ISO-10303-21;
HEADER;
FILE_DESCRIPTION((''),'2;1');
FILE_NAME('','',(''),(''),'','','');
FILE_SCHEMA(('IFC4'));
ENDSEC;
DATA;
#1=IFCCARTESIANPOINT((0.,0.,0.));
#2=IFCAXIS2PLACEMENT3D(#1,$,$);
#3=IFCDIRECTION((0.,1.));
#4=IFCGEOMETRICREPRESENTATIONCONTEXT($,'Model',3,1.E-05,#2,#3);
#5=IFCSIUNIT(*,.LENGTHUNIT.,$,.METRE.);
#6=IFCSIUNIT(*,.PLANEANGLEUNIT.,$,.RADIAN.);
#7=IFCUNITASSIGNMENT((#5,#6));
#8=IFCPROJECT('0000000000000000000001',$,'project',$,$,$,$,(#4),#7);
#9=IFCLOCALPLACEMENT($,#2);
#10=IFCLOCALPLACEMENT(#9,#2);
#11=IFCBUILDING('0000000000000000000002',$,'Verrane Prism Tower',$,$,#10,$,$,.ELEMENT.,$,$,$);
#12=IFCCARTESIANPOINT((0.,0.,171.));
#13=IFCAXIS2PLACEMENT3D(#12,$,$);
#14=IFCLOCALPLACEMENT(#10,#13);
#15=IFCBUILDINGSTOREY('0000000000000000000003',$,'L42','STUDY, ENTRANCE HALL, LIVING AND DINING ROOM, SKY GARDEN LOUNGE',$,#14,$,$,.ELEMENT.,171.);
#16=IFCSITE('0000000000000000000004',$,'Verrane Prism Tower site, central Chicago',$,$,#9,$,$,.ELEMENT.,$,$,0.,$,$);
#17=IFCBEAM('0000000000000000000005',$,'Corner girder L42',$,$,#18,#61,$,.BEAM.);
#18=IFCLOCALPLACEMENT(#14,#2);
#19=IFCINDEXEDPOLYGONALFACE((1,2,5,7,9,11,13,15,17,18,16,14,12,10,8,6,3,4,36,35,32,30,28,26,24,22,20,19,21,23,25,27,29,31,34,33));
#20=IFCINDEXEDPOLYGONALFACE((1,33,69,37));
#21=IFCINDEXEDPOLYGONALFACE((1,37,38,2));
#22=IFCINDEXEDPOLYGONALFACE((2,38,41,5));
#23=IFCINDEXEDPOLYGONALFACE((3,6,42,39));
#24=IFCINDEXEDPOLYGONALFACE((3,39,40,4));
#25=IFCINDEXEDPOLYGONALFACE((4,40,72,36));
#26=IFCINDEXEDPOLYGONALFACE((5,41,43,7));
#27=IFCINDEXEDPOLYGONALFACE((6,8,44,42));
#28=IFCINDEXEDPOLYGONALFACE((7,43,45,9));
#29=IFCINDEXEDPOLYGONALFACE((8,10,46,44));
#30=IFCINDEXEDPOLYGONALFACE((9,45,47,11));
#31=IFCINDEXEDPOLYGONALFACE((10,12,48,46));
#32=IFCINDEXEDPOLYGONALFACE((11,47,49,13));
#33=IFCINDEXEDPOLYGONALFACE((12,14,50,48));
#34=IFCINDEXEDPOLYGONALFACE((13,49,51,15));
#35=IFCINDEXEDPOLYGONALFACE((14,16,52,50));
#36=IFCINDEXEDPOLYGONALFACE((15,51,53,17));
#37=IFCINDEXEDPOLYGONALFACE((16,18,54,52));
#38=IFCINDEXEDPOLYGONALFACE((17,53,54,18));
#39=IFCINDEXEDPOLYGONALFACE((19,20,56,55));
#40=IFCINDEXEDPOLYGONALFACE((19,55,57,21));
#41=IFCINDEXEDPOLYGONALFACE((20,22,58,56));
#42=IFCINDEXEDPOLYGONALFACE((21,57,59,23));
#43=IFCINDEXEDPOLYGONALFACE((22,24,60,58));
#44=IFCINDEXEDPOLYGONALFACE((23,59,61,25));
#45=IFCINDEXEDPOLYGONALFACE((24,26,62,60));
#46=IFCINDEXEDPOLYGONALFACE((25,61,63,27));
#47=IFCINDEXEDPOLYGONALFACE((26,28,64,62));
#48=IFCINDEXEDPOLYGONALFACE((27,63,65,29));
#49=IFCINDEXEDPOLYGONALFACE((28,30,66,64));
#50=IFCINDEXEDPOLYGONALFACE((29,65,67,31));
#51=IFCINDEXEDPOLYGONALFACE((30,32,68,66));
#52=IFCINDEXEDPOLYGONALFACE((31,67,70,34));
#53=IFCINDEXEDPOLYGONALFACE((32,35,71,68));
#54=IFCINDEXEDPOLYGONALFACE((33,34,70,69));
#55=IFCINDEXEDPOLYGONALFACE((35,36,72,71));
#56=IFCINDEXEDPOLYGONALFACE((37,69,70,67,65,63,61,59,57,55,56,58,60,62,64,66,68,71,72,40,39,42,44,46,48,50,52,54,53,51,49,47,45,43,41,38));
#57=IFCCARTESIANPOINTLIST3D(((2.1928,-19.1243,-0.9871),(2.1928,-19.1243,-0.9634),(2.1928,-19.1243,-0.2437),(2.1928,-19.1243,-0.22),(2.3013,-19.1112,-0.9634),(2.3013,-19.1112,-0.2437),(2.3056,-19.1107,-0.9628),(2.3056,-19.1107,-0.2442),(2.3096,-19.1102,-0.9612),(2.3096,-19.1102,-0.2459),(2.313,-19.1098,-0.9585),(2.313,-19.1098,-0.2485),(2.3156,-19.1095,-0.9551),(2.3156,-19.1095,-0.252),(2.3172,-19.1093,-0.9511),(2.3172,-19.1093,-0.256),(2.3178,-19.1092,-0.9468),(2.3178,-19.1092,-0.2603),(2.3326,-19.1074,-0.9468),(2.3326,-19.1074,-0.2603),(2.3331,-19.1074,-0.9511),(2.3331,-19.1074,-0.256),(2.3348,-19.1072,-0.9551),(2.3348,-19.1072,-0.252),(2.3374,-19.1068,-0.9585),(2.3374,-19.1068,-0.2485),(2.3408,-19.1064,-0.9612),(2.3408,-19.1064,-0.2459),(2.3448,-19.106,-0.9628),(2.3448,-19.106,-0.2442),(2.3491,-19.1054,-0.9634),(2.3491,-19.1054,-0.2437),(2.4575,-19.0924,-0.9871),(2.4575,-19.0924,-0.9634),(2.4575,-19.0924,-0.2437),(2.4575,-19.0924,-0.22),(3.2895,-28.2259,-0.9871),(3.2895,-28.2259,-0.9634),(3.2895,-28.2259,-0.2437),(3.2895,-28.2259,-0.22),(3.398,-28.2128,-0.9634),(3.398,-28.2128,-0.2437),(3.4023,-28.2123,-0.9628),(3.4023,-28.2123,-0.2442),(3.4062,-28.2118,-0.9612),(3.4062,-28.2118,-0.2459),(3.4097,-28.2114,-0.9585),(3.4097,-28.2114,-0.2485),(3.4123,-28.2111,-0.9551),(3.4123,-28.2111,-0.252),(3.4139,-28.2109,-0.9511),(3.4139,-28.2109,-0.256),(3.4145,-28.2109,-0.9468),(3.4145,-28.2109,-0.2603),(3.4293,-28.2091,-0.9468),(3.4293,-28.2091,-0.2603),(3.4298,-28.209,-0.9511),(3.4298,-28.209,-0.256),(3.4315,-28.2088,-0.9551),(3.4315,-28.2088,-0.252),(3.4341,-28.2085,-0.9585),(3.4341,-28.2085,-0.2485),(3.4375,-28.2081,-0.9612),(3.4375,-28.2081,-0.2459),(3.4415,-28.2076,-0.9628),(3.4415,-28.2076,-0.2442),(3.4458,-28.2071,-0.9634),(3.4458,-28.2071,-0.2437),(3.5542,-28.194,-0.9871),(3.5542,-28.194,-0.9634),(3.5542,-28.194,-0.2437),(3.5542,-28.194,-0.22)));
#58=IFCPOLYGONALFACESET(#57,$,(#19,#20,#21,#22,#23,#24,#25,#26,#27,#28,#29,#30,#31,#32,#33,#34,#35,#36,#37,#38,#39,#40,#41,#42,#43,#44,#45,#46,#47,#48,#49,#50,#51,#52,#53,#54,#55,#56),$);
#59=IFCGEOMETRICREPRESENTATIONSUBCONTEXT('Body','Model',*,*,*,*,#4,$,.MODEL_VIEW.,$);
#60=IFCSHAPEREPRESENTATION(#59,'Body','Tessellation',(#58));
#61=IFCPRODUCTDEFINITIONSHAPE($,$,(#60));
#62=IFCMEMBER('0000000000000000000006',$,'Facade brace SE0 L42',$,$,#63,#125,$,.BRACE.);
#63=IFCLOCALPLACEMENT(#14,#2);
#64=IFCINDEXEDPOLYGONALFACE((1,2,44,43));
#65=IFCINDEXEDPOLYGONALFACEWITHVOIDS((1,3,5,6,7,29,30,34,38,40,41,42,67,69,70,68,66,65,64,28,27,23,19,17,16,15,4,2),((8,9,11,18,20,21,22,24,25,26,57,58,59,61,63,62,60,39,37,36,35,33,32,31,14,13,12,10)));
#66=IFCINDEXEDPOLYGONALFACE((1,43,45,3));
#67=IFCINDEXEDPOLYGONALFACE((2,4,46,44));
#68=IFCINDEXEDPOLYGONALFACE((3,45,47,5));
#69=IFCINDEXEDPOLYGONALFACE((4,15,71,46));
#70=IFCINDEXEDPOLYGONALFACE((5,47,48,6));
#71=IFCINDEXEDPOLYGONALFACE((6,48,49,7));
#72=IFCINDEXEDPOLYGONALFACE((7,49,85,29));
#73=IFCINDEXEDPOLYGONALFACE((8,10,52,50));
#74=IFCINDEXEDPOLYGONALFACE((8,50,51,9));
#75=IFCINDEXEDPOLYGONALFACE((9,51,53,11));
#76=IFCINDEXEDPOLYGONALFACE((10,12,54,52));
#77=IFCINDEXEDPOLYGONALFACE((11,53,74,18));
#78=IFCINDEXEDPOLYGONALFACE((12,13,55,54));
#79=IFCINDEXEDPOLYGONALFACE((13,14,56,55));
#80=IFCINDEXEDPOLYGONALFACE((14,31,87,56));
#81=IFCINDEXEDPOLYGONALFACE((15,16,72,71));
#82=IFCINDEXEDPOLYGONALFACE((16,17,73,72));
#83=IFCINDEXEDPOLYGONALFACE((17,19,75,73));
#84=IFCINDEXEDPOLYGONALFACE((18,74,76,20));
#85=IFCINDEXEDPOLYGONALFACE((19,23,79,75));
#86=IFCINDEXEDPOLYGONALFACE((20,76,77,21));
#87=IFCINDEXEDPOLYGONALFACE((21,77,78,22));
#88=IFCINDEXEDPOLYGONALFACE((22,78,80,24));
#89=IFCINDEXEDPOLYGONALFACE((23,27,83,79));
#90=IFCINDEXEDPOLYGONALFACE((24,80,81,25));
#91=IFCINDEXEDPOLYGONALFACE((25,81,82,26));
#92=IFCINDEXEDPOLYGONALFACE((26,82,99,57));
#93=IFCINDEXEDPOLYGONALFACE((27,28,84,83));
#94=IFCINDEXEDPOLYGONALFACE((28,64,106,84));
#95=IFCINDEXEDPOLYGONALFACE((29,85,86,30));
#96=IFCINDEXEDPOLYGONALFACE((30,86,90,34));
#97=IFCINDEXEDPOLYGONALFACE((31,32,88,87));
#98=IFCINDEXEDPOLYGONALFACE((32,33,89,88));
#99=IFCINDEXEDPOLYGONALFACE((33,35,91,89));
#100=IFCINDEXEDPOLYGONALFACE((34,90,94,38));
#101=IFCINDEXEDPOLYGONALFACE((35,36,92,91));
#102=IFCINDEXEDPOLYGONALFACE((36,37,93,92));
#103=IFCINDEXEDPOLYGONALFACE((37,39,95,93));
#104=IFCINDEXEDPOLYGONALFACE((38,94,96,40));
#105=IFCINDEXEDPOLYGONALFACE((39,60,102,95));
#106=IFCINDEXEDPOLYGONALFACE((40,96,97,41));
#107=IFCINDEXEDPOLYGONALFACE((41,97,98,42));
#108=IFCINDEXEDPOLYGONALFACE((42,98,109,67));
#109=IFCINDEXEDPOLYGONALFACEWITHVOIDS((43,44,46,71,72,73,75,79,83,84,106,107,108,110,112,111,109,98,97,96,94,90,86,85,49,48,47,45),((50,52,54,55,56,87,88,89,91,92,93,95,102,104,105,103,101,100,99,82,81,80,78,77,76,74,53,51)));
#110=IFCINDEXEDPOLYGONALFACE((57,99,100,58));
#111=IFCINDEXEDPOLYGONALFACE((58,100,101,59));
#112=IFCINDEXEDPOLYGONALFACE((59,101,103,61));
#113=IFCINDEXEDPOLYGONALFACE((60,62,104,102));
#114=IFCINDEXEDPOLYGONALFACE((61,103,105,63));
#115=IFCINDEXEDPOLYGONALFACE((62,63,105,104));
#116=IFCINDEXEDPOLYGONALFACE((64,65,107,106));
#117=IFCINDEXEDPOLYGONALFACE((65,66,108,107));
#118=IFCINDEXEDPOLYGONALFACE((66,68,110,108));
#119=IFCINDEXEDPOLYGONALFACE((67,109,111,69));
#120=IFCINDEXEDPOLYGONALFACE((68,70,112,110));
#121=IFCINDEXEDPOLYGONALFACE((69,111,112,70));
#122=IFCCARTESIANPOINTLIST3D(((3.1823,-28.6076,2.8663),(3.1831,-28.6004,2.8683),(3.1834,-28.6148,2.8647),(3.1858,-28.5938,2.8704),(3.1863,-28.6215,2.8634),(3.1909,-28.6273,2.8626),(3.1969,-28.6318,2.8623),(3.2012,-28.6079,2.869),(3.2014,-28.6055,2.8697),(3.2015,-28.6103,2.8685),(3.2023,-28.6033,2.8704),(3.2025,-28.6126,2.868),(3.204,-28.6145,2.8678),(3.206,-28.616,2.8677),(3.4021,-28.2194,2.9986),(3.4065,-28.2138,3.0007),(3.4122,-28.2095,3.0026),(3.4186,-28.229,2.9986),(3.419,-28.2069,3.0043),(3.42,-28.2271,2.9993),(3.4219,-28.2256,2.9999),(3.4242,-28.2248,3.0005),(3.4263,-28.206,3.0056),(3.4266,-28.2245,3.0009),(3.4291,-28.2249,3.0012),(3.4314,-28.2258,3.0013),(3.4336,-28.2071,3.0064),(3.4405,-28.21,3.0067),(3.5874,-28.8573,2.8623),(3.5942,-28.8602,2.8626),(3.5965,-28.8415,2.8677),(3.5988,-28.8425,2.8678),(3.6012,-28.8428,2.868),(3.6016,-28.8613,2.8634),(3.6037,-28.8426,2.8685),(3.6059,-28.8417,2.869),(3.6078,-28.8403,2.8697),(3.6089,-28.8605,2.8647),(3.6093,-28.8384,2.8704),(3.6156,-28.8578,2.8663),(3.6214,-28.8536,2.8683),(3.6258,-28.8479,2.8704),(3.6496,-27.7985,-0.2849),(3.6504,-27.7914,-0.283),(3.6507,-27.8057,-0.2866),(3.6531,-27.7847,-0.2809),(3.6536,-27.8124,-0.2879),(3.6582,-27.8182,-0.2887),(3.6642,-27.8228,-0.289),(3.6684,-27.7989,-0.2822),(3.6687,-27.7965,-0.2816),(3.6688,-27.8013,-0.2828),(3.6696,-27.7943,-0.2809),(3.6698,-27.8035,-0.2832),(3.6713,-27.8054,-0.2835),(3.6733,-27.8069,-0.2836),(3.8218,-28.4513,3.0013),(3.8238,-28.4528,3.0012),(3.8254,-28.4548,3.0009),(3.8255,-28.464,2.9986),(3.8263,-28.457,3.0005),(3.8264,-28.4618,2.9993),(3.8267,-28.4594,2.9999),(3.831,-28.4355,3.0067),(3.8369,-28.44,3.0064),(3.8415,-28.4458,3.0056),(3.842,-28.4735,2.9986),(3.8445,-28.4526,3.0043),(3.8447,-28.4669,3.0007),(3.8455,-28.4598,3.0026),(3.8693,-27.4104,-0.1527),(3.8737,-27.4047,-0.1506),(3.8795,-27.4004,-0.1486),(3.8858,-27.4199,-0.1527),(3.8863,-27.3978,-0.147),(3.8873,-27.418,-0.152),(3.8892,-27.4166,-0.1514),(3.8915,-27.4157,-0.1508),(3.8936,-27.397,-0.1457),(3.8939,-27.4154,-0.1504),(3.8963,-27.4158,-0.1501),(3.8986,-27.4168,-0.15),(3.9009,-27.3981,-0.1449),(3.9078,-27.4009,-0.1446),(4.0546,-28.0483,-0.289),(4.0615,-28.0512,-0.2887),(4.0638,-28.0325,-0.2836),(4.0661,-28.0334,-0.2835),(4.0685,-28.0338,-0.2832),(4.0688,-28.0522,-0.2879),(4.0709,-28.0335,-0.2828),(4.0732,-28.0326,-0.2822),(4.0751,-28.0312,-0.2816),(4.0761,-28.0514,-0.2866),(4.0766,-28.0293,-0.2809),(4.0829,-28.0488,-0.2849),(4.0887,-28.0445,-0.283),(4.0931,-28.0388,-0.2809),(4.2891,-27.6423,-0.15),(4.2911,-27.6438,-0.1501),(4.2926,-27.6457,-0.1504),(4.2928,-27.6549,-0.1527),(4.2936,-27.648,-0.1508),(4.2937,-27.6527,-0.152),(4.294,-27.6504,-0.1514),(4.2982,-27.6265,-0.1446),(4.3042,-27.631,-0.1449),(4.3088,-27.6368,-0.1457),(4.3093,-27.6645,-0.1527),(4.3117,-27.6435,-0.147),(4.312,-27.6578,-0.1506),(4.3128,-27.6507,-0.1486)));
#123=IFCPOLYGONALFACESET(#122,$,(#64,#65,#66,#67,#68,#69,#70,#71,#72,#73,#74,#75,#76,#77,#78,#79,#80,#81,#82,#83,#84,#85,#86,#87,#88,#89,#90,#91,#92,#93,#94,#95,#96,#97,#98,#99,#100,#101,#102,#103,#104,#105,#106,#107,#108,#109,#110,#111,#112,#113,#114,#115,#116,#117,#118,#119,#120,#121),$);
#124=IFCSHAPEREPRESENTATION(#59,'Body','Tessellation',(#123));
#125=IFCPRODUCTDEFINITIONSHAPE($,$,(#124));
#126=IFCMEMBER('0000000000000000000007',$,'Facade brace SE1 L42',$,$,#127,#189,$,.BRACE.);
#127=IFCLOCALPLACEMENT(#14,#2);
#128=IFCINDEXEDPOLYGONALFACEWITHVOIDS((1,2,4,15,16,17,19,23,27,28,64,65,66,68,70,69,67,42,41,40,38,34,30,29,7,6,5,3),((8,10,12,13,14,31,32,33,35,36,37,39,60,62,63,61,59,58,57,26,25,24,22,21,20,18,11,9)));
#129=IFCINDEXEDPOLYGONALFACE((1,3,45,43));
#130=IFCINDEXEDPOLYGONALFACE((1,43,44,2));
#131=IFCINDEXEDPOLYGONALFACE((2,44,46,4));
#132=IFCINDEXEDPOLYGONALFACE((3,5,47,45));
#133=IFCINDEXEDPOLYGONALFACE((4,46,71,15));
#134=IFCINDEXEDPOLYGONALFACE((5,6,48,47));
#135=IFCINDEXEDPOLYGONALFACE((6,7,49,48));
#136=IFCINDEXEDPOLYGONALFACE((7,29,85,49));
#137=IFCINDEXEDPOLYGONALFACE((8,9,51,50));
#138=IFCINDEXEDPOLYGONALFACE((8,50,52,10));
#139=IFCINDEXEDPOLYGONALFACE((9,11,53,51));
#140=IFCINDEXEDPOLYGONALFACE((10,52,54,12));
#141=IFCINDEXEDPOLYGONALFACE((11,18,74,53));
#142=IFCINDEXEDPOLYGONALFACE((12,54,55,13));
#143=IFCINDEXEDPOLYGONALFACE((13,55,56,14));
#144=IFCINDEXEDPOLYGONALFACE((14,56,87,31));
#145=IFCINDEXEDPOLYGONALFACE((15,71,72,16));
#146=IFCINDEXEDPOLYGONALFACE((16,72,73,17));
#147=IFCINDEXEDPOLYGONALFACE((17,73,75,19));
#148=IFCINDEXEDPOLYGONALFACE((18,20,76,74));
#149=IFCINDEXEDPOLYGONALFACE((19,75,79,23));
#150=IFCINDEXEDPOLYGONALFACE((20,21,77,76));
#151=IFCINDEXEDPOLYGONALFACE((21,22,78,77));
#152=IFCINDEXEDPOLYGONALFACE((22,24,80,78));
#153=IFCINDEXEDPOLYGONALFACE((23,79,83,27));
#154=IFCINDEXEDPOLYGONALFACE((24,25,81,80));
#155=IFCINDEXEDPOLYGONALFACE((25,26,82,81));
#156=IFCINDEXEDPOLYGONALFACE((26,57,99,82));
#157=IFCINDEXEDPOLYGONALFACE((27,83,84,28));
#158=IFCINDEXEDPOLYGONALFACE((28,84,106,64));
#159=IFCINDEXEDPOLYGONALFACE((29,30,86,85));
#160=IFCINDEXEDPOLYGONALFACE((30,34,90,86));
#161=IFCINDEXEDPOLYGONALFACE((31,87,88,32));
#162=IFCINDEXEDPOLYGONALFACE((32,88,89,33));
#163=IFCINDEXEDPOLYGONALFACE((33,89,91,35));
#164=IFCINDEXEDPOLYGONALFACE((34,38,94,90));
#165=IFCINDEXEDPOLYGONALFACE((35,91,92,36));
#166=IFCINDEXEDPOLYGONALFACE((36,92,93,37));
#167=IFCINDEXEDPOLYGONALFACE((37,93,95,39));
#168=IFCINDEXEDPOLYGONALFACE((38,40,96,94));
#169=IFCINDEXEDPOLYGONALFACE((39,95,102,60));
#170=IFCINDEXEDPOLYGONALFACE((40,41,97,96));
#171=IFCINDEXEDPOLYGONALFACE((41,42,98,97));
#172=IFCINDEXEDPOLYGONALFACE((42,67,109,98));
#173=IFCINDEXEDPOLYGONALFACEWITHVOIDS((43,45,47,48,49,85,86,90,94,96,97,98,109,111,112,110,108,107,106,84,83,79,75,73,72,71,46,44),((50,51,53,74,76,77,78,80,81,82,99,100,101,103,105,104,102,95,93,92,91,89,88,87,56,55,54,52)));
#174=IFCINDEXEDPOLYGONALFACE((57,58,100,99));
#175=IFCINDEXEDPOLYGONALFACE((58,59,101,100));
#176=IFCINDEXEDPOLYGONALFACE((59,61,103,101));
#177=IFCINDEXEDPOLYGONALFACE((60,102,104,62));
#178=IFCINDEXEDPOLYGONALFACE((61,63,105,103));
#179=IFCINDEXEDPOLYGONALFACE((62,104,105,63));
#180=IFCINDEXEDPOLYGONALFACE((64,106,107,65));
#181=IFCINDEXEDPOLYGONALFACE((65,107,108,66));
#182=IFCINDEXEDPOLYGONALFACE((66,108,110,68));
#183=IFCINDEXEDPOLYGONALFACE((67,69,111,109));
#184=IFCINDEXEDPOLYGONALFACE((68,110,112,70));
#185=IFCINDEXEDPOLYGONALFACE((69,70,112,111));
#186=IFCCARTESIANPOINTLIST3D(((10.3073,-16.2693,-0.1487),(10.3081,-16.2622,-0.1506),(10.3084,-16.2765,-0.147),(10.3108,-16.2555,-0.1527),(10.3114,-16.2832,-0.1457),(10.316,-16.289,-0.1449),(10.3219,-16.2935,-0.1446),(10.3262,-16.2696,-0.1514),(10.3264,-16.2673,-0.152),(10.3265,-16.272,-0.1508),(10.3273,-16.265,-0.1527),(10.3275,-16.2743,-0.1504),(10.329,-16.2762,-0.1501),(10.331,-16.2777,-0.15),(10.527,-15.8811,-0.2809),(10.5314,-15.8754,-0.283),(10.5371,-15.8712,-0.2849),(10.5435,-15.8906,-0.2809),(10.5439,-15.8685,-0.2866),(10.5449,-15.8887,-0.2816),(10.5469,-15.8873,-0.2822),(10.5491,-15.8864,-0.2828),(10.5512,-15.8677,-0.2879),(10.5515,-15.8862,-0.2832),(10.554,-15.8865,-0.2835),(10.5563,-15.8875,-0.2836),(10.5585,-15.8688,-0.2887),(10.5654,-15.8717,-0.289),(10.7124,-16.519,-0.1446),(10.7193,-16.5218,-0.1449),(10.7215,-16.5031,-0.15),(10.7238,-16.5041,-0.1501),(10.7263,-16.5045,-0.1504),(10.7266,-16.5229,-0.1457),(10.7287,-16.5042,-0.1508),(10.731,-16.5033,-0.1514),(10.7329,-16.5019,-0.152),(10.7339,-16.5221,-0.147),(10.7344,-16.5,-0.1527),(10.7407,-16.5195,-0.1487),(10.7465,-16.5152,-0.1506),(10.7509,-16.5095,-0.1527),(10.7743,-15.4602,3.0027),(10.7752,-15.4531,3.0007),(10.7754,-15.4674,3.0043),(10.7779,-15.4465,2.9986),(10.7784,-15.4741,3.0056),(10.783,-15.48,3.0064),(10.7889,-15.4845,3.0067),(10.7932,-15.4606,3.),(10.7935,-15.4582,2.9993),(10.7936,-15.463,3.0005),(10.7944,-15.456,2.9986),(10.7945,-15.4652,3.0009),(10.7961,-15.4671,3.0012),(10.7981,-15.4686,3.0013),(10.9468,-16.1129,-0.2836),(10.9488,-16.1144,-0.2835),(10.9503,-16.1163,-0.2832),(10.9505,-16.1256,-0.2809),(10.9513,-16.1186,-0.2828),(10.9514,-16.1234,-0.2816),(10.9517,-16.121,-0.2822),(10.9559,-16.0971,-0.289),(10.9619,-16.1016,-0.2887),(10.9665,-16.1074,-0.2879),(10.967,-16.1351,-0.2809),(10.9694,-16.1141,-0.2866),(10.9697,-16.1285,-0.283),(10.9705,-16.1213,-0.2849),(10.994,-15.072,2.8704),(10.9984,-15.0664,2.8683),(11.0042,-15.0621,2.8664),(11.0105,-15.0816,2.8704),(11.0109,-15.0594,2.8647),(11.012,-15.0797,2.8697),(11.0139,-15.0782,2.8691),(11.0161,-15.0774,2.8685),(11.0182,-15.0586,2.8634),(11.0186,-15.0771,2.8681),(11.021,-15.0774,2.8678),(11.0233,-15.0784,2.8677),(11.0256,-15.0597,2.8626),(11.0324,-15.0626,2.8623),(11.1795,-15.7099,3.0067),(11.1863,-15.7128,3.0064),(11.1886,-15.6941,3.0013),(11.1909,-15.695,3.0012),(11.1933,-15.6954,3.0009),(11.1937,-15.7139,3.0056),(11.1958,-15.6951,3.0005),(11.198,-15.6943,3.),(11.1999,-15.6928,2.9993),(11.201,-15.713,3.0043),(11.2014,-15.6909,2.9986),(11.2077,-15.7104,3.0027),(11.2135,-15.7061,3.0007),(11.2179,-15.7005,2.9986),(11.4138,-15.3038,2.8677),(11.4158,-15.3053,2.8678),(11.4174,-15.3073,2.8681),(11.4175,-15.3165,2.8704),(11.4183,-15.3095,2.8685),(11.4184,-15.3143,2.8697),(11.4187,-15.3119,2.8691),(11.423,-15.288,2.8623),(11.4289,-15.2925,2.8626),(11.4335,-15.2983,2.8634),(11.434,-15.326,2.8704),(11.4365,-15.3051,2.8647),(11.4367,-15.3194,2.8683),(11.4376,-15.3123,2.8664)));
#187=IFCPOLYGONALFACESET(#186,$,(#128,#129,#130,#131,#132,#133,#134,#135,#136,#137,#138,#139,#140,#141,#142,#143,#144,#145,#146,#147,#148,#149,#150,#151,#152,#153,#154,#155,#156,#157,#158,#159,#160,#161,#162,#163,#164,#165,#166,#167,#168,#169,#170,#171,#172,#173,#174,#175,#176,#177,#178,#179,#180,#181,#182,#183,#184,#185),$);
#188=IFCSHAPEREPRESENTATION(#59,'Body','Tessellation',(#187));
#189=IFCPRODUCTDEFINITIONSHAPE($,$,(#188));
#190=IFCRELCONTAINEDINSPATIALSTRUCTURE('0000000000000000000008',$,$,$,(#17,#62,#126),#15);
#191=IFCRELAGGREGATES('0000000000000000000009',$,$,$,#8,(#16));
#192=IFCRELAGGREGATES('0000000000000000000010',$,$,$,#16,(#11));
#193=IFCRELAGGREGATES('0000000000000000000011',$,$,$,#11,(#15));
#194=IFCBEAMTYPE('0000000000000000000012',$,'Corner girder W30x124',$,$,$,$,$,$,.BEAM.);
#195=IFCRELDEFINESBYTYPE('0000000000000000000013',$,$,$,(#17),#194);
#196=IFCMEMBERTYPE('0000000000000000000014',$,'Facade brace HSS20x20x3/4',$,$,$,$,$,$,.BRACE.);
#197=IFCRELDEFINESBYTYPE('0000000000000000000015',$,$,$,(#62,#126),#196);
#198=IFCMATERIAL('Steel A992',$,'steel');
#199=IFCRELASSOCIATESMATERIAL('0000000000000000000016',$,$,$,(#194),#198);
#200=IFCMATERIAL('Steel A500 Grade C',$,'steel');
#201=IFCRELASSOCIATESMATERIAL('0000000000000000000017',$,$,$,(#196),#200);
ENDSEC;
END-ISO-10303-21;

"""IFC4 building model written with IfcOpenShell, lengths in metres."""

from ifc_helpers import new_model, si_unit, direction, frame, origin, origin_2d, place, context, subcontext, project, spatial, hollow_rectangle, i_section, extrude, material, material_profile, profile_set, type_object, element, save


model = new_model("IFC4")

# Units and contexts
model_context = context("Model", 3, precision=1e-05, world=origin(), true_north=direction((0.0, 1.0)))
body_context = subcontext(model_context, "Body", "Model", "MODEL_VIEW")
ifc_project = project(units=[si_unit("LENGTHUNIT", "METRE"), si_unit("PLANEANGLEUNIT", "RADIAN")], contexts=[model_context])

# Site, building, storey
site_placement = place(None, origin())
site = spatial("IfcSite", under=ifc_project, at=site_placement, Name="Verrane Prism Tower site, central Chicago", CompositionType="ELEMENT", RefElevation=0.0)
building_placement = place(site_placement, origin())
building = spatial("IfcBuilding", under=site, at=building_placement, Name="Verrane Prism Tower", CompositionType="ELEMENT")
storey_placement = place(building_placement, frame((0.0, 0.0, 171.0)))
storey = spatial("IfcBuildingStorey", under=building, at=storey_placement, Name="L42", Description="STUDY, ENTRANCE HALL, LIVING AND DINING ROOM, SKY GARDEN LOUNGE", CompositionType="ELEMENT", Elevation=171.0)

# Beam
ifc_material_1 = material(Name="Steel A992", Category="steel")
ifc_material_profile_1 = material_profile(ifc_material_1, i_section(OverallWidth=0.2666, OverallDepth=0.7671, WebThickness=0.0149, FlangeThickness=0.0237, FilletRadius=0.0166, at=origin_2d()), Name="W30x124")
ifc_profile_set_1 = profile_set([ifc_material_profile_1], Name="Steel A992")
beam_type_1 = type_object("IfcBeamType", Name="Corner girder W30x124", PredefinedType="BEAM", material=ifc_profile_set_1)
beam_1_placement = place(storey_placement, frame((3.4219, -28.21, -0.6035), z_axis=(-0.119628, 0.992819, 0.0), x_axis=(-0.992819, -0.119628, 0.0)))
element("IfcBeam", 1, at=beam_1_placement, inside=storey, type_object=beam_type_1, Name="Corner girder L42", PredefinedType="BEAM", context=body_context, shape_type="SweptSolid", body=[
    extrude(i_section(OverallWidth=0.2666, OverallDepth=0.7671, WebThickness=0.0149, FlangeThickness=0.0237, FilletRadius=0.0166, at=origin_2d()), origin(), (0.0, 0.0, 1.0), 9.1675),
])

# Members
ifc_material_2 = material(Name="Steel A500 Grade C", Category="steel")
ifc_material_profile_2 = material_profile(ifc_material_2, hollow_rectangle(XDim=0.5081, YDim=0.5081, WallThickness=0.019, InnerFilletRadius=0.0095, OuterFilletRadius=0.0286, at=origin_2d()), Name="HSS20x20x3/4")
ifc_profile_set_2 = profile_set([ifc_material_profile_2], Name="Steel A500 Grade C")
member_type_1 = type_object("IfcMemberType", Name="Facade brace HSS20x20x3/4", PredefinedType="BRACE", material=ifc_profile_set_2)
for number, where, z_axis, x_axis, name in (
    (2, (3.9812, -27.7246, -0.2168), (-0.142163, -0.246149, 0.958749), (0.865951, -0.50013, 0.0), "Facade brace SE0 L42"),
    (3, (10.6389, -16.1953, -0.2168), (0.142091, 0.246152, 0.958759), (-0.866064, 0.499934, 0.0), "Facade brace SE1 L42"),
):
    element("IfcMember", number, at=place(storey_placement, frame(where, z_axis=z_axis, x_axis=x_axis)), inside=storey, type_object=member_type_1, Name=name, PredefinedType="BRACE", context=body_context, shape_type="SweptSolid", body=[
        extrude(hollow_rectangle(XDim=0.5081, YDim=0.5081, WallThickness=0.019, InnerFilletRadius=0.0095, OuterFilletRadius=0.0286, at=origin_2d()), origin(), (0.0, 0.0, 1.0), 3.2869),
    ])

save(model, "model.ifc")
